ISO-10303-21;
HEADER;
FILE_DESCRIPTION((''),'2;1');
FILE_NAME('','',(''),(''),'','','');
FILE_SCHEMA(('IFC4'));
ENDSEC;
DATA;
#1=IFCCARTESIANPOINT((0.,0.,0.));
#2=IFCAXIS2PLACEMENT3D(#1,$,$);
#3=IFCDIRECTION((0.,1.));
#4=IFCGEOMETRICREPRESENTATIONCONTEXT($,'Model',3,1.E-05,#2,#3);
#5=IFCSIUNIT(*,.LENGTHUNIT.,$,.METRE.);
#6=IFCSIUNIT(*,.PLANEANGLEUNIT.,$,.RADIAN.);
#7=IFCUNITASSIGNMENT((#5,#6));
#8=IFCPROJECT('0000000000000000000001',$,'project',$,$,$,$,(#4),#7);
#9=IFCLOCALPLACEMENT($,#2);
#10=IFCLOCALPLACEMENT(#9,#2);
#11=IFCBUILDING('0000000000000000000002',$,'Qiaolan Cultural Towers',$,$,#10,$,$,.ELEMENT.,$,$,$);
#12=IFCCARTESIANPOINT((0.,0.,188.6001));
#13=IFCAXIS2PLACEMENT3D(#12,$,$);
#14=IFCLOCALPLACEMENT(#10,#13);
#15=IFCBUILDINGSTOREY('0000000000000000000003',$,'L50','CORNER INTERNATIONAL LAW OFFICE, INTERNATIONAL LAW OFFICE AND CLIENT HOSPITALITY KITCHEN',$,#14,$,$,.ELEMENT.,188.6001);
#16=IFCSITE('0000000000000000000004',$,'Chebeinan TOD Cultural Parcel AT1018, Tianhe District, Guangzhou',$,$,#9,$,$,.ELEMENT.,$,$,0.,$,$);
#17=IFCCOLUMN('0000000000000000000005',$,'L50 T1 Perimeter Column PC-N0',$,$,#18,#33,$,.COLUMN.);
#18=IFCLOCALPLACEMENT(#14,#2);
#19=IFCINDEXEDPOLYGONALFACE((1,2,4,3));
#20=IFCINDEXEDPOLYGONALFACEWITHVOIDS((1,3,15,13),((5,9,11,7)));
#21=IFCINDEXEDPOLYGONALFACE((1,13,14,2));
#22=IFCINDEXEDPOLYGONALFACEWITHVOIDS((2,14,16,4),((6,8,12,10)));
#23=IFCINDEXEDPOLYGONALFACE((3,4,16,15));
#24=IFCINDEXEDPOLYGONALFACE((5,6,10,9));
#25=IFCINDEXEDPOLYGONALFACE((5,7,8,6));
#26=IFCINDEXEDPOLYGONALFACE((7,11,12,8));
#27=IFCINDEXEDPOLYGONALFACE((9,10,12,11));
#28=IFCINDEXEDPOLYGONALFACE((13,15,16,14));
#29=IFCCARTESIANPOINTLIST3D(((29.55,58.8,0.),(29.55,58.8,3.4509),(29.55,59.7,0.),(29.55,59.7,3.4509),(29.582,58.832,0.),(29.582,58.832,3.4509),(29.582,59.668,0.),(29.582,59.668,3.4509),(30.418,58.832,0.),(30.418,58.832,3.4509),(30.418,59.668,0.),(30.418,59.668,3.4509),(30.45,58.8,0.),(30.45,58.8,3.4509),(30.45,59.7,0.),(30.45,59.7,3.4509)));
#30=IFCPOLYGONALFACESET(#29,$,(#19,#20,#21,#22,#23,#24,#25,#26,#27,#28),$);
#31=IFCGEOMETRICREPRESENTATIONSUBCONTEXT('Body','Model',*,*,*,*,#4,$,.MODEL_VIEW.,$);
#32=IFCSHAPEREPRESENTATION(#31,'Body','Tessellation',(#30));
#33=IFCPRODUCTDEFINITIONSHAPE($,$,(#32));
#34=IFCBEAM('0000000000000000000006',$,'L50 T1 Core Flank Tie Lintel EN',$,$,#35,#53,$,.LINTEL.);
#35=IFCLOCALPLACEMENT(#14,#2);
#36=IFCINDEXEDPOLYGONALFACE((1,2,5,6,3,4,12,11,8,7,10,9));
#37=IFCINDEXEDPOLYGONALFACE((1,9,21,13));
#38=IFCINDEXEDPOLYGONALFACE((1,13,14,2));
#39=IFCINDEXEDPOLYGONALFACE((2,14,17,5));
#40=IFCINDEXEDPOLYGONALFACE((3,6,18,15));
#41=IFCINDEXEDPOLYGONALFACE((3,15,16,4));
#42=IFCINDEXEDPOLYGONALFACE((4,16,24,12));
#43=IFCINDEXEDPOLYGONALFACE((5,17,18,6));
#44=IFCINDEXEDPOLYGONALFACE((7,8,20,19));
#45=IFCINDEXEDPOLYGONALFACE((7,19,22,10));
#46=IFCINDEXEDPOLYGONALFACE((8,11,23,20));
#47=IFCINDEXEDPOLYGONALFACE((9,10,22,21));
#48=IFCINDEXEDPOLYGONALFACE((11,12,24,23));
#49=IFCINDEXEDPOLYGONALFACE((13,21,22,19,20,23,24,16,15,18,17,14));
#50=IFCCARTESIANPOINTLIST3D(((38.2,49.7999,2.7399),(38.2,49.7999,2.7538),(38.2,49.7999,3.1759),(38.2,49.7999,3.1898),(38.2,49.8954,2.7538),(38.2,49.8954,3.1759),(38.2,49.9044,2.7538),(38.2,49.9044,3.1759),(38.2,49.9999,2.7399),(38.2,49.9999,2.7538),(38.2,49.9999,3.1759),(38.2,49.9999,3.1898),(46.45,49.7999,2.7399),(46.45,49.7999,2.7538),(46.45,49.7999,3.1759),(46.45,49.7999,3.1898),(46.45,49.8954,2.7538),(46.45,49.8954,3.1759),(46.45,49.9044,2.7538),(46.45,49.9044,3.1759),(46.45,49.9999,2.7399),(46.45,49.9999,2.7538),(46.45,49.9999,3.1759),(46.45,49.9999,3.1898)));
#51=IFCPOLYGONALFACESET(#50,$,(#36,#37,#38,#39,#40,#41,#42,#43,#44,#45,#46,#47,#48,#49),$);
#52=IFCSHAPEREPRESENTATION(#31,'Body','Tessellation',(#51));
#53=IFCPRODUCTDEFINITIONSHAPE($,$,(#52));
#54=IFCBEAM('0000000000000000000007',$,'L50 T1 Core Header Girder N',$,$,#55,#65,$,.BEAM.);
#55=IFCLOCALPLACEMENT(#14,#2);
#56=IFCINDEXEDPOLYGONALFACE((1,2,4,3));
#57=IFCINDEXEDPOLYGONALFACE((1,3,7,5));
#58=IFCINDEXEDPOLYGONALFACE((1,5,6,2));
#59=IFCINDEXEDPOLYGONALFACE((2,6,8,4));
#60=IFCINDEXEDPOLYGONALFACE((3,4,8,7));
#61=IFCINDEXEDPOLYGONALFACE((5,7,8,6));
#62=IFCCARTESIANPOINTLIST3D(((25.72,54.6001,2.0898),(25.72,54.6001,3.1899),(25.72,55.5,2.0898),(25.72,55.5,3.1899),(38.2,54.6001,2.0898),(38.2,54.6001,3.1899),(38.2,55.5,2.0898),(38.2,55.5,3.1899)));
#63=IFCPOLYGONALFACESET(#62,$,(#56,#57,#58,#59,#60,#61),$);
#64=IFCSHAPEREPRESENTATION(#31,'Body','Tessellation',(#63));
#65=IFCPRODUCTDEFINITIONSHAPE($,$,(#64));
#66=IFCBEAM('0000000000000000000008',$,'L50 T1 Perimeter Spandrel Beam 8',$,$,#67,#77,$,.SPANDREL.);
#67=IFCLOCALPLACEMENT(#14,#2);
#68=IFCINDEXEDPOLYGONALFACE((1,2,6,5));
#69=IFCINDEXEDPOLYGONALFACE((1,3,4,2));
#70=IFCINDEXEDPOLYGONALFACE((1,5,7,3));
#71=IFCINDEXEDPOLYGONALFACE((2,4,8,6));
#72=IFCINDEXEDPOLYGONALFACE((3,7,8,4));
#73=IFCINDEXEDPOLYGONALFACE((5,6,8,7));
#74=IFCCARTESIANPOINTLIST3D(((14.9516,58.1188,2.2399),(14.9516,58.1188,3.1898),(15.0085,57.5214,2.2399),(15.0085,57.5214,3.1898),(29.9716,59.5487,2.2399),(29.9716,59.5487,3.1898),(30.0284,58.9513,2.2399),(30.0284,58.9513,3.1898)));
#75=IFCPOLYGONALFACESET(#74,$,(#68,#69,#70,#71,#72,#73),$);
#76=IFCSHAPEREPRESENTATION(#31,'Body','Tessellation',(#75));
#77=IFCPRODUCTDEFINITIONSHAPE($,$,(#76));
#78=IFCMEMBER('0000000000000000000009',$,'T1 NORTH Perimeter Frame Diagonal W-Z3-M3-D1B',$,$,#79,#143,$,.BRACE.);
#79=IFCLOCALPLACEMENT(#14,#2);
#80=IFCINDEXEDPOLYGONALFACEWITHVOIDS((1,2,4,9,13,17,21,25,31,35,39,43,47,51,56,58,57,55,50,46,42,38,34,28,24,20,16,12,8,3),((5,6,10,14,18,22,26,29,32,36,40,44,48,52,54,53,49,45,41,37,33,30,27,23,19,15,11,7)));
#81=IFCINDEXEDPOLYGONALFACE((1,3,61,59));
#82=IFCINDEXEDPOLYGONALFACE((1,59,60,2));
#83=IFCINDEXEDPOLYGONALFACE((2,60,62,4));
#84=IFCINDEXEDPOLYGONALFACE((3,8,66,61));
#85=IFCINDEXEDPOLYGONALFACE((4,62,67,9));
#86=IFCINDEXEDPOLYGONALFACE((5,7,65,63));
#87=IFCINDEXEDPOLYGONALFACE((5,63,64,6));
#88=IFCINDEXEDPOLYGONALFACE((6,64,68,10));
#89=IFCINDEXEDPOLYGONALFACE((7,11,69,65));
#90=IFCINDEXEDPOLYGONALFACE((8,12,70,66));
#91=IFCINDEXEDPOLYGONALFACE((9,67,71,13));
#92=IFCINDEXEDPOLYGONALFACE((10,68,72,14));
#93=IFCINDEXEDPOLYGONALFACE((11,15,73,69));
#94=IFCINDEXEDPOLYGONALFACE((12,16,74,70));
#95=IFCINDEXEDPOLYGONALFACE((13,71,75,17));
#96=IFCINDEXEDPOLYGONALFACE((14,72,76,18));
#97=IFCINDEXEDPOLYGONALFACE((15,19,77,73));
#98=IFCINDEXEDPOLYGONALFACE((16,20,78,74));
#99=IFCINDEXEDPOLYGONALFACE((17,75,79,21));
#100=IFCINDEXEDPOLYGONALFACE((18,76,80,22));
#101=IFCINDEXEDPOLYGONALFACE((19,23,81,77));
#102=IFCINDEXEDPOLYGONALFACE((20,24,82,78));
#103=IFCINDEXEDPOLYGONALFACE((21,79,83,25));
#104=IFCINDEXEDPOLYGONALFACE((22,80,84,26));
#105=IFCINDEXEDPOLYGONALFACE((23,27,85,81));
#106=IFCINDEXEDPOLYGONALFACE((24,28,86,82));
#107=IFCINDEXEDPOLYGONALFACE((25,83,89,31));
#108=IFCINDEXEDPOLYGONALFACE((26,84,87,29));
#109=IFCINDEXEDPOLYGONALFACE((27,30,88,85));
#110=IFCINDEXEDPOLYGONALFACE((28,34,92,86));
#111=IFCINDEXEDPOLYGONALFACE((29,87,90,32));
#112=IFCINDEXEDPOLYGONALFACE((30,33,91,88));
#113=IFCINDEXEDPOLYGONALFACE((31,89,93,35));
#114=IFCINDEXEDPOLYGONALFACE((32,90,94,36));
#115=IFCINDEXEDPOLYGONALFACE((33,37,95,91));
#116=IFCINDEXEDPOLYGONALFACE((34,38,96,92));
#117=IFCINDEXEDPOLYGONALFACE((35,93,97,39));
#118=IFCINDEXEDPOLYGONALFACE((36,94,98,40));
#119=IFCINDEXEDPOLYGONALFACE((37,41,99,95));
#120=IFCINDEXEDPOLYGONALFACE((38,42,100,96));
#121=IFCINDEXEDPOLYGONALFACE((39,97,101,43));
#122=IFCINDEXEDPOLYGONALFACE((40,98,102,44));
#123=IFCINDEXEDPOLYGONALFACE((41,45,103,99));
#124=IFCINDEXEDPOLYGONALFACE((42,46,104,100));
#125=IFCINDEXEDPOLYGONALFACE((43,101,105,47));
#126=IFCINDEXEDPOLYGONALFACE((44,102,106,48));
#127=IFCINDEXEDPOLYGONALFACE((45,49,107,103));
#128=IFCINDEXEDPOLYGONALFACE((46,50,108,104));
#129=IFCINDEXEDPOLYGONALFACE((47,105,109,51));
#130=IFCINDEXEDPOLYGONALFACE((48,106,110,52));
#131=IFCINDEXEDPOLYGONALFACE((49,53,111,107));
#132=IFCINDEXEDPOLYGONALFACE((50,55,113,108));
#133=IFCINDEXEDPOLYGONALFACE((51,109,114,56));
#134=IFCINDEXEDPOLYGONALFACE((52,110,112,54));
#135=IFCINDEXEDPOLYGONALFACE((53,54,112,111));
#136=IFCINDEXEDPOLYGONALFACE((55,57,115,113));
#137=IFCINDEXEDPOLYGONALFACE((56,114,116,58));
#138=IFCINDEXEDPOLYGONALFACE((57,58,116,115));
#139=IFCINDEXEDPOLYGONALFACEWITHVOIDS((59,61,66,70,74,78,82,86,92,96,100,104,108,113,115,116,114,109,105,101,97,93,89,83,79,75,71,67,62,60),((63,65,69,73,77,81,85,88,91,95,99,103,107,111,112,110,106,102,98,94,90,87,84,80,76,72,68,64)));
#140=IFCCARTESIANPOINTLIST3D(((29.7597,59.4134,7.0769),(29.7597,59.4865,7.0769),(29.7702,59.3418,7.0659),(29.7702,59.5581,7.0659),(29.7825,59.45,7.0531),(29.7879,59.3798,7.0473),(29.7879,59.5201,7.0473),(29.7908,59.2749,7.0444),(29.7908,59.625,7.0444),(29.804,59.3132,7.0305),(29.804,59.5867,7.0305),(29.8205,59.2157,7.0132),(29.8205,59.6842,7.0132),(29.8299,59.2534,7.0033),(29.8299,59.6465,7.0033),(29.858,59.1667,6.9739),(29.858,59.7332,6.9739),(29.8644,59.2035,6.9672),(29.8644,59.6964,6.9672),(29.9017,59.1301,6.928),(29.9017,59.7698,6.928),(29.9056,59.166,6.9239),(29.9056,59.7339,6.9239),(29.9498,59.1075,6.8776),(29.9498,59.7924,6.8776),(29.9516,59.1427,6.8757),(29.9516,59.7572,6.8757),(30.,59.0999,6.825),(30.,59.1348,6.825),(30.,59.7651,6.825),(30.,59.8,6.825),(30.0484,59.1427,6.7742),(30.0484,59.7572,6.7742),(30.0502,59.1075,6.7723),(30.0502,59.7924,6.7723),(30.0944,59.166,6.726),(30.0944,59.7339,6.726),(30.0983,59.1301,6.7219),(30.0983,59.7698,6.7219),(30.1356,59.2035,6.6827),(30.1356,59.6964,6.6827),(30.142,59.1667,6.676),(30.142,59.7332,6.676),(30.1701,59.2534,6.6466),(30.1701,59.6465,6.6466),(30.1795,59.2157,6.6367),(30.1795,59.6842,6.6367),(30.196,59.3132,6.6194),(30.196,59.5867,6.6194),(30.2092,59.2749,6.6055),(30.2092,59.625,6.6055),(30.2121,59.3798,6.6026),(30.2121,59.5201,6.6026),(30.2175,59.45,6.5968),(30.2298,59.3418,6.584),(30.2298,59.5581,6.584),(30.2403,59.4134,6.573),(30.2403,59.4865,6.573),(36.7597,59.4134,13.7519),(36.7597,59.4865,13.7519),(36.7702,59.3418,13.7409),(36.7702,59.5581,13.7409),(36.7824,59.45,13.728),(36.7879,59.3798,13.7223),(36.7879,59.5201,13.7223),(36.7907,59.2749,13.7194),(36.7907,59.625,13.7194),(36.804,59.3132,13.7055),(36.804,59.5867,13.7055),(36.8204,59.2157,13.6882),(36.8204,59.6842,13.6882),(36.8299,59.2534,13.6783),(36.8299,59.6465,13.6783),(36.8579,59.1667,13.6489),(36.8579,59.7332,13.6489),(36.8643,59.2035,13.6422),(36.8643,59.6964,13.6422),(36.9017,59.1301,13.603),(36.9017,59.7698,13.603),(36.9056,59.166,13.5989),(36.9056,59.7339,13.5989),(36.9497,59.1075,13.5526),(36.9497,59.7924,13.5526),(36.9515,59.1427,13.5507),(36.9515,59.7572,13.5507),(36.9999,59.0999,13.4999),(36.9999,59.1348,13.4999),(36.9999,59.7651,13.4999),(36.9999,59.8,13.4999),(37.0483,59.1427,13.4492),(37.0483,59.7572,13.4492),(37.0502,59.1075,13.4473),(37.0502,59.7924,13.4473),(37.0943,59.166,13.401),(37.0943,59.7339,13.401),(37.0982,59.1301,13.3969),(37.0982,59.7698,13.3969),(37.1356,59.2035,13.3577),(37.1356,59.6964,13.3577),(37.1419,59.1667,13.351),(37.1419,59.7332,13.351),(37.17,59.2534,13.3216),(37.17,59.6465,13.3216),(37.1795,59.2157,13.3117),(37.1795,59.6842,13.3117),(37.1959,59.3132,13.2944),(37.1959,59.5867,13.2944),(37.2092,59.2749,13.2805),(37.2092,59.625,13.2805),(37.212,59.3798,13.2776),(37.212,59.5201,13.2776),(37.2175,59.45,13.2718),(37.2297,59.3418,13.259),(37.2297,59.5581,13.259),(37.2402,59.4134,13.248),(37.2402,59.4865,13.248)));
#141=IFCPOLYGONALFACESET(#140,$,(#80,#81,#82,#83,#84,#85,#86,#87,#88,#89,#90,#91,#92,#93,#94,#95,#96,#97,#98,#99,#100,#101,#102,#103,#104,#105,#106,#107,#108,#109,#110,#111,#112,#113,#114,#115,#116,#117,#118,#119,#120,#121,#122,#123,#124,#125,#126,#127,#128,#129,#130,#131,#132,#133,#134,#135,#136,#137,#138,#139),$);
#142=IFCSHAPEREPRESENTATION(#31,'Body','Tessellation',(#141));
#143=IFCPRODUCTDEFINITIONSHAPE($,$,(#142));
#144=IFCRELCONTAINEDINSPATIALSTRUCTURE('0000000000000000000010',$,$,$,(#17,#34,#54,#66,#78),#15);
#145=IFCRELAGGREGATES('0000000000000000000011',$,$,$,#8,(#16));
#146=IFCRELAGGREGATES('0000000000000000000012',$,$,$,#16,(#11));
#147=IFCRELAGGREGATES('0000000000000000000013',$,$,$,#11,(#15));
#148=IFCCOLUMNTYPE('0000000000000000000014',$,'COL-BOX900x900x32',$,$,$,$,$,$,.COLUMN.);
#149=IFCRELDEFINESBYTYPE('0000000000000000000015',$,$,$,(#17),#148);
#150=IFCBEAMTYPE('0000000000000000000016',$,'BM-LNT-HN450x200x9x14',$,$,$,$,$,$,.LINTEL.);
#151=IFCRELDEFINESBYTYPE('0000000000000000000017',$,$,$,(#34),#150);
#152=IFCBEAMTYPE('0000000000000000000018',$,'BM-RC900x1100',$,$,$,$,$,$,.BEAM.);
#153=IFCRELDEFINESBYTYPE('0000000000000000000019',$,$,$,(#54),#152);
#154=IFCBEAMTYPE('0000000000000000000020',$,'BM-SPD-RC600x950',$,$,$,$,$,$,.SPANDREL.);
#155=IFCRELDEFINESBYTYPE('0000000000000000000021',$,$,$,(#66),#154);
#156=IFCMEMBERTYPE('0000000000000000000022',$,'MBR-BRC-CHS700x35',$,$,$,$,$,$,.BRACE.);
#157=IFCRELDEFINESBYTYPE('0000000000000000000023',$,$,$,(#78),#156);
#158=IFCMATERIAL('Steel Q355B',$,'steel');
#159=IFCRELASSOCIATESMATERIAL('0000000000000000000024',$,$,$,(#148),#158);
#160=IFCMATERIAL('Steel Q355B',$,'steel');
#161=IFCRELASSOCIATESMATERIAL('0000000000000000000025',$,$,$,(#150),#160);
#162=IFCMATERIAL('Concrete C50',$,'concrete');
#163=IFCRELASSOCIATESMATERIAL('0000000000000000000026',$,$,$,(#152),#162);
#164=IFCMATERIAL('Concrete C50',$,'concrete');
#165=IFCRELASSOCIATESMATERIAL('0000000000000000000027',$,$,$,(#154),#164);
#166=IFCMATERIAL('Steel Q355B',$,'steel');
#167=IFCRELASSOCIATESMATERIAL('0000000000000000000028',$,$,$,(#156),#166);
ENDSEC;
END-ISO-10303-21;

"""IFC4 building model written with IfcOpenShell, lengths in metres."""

from ifc_helpers import new_model, si_unit, direction, frame, origin, origin_2d, place, context, subcontext, project, spatial, rectangle, hollow_rectangle, hollow_circle, i_section, extrude, material, material_profile, profile_set, type_object, element, save


model = new_model("IFC4")

# Units and contexts
model_context = context("Model", 3, precision=1e-05, world=origin(), true_north=direction((0.0, 1.0)))
body_context = subcontext(model_context, "Body", "Model", "MODEL_VIEW")
ifc_project = project(units=[si_unit("LENGTHUNIT", "METRE"), si_unit("PLANEANGLEUNIT", "RADIAN")], contexts=[model_context])

# Site, building, storey
site_placement = place(None, origin())
site = spatial("IfcSite", under=ifc_project, at=site_placement, Name="Chebeinan TOD Cultural Parcel AT1018, Tianhe District, Guangzhou", CompositionType="ELEMENT", RefElevation=0.0)
building_placement = place(site_placement, origin())
building = spatial("IfcBuilding", under=site, at=building_placement, Name="Qiaolan Cultural Towers", CompositionType="ELEMENT")
storey_placement = place(building_placement, frame((0.0, 0.0, 188.6001)))
storey = spatial("IfcBuildingStorey", under=building, at=storey_placement, Name="L50", Description="CORNER INTERNATIONAL LAW OFFICE, INTERNATIONAL LAW OFFICE AND CLIENT HOSPITALITY KITCHEN", CompositionType="ELEMENT", Elevation=188.6001)

# Column
ifc_material_1 = material(Name="Steel Q355B", Category="steel")
ifc_material_profile_1 = material_profile(ifc_material_1, hollow_rectangle(XDim=0.8999, YDim=0.8999, WallThickness=0.032, at=origin_2d()), Name="BOX900x900x32")
ifc_profile_set_1 = profile_set([ifc_material_profile_1], Name="Steel Q355B")
column_type = type_object("IfcColumnType", Name="COL-BOX900x900x32", PredefinedType="COLUMN", material=ifc_profile_set_1)
column_placement = place(storey_placement, frame((30.0, 59.25, 0.0), z_axis=(0.0, 0.0, 1.0), x_axis=(1.0, 0.0, 0.0)))
element("IfcColumn", 1, at=column_placement, inside=storey, type_object=column_type, Name="L50 T1 Perimeter Column PC-N0", PredefinedType="COLUMN", context=body_context, shape_type="SweptSolid", body=[
    extrude(hollow_rectangle(XDim=0.8999, YDim=0.8999, WallThickness=0.032, at=origin_2d()), origin(), (0.0, 0.0, 1.0), 3.4509),
])

# Beams
ifc_material_2 = material(Name="Steel Q355B", Category="steel")
ifc_material_profile_2 = material_profile(ifc_material_2, i_section(OverallWidth=0.2, OverallDepth=0.45, WebThickness=0.009, FlangeThickness=0.0139, at=origin_2d()), Name="HN450x200x9x14")
ifc_profile_set_2 = profile_set([ifc_material_profile_2], Name="Steel Q355B")
beam_type_1 = type_object("IfcBeamType", Name="BM-LNT-HN450x200x9x14", PredefinedType="LINTEL", material=ifc_profile_set_2)
beam_1_placement = place(storey_placement, frame((38.2, 49.8999, 2.9648), z_axis=(1.0, 0.0, 0.0), x_axis=(0.0, 1.0, 0.0)))
element("IfcBeam", 2, at=beam_1_placement, inside=storey, type_object=beam_type_1, Name="L50 T1 Core Flank Tie Lintel EN", PredefinedType="LINTEL", context=body_context, shape_type="SweptSolid", body=[
    extrude(i_section(OverallWidth=0.2, OverallDepth=0.45, WebThickness=0.009, FlangeThickness=0.0139, at=origin_2d()), origin(), (0.0, 0.0, 1.0), 8.25),
])
ifc_material_3 = material(Name="Concrete C50", Category="concrete")
ifc_material_profile_3 = material_profile(ifc_material_3, rectangle(XDim=0.8999, YDim=1.1001, at=origin_2d()), Name="RC900x1100")
ifc_profile_set_3 = profile_set([ifc_material_profile_3], Name="Concrete C50")
beam_type_2 = type_object("IfcBeamType", Name="BM-RC900x1100", PredefinedType="BEAM", material=ifc_profile_set_3)
beam_2_placement = place(storey_placement, frame((25.72, 55.05, 2.6399), z_axis=(1.0, 0.0, 0.0), x_axis=(0.0, 1.0, 0.0)))
element("IfcBeam", 3, at=beam_2_placement, inside=storey, type_object=beam_type_2, Name="L50 T1 Core Header Girder N", PredefinedType="BEAM", context=body_context, shape_type="SweptSolid", body=[
    extrude(rectangle(XDim=0.8999, YDim=1.1001, at=origin_2d()), origin(), (0.0, 0.0, 1.0), 12.48),
])
ifc_material_4 = material(Name="Concrete C50", Category="concrete")
ifc_material_profile_4 = material_profile(ifc_material_4, rectangle(XDim=0.6001, YDim=0.95, at=origin_2d()), Name="RC600x950")
ifc_profile_set_4 = profile_set([ifc_material_profile_4], Name="Concrete C50")
beam_type_3 = type_object("IfcBeamType", Name="BM-SPD-RC600x950", PredefinedType="SPANDREL", material=ifc_profile_set_4)
beam_3_placement = place(storey_placement, frame((30.0, 59.25, 2.7148), z_axis=(-0.995499, -0.094773, 0.0), x_axis=(0.094773, -0.995499, 0.0)))
element("IfcBeam", 4, at=beam_3_placement, inside=storey, type_object=beam_type_3, Name="L50 T1 Perimeter Spandrel Beam 8", PredefinedType="SPANDREL", context=body_context, shape_type="SweptSolid", body=[
    extrude(rectangle(XDim=0.6001, YDim=0.95, at=origin_2d()), origin(), (0.0, 0.0, 1.0), 15.0879),
])

# Member
ifc_material_5 = material(Name="Steel Q355B", Category="steel")
ifc_material_profile_5 = material_profile(ifc_material_5, hollow_circle(Radius=0.3501, WallThickness=0.0349, at=origin_2d()), Name="CHS700x35")
ifc_profile_set_5 = profile_set([ifc_material_profile_5], Name="Steel Q355B")
member_type = type_object("IfcMemberType", Name="MBR-BRC-CHS700x35", PredefinedType="BRACE", material=ifc_profile_set_5)
for number, where, z_axis, x_axis, name in (
    (5, (30.0, 59.45, 6.825), (0.723705, 0.0, 0.690109), (0.0, 1.0, 0.0), "T1 NORTH Perimeter Frame Diagonal W-Z3-M3-D1B"),
):
    element("IfcMember", number, at=place(storey_placement, frame(where, z_axis=z_axis, x_axis=x_axis)), inside=storey, type_object=member_type, Name=name, PredefinedType="BRACE", context=body_context, shape_type="SweptSolid", body=[
        extrude(hollow_circle(Radius=0.3501, WallThickness=0.0349, at=origin_2d()), origin(), (0.0, 0.0, 1.0), 9.6724),
    ])

save(model, "model.ifc")
